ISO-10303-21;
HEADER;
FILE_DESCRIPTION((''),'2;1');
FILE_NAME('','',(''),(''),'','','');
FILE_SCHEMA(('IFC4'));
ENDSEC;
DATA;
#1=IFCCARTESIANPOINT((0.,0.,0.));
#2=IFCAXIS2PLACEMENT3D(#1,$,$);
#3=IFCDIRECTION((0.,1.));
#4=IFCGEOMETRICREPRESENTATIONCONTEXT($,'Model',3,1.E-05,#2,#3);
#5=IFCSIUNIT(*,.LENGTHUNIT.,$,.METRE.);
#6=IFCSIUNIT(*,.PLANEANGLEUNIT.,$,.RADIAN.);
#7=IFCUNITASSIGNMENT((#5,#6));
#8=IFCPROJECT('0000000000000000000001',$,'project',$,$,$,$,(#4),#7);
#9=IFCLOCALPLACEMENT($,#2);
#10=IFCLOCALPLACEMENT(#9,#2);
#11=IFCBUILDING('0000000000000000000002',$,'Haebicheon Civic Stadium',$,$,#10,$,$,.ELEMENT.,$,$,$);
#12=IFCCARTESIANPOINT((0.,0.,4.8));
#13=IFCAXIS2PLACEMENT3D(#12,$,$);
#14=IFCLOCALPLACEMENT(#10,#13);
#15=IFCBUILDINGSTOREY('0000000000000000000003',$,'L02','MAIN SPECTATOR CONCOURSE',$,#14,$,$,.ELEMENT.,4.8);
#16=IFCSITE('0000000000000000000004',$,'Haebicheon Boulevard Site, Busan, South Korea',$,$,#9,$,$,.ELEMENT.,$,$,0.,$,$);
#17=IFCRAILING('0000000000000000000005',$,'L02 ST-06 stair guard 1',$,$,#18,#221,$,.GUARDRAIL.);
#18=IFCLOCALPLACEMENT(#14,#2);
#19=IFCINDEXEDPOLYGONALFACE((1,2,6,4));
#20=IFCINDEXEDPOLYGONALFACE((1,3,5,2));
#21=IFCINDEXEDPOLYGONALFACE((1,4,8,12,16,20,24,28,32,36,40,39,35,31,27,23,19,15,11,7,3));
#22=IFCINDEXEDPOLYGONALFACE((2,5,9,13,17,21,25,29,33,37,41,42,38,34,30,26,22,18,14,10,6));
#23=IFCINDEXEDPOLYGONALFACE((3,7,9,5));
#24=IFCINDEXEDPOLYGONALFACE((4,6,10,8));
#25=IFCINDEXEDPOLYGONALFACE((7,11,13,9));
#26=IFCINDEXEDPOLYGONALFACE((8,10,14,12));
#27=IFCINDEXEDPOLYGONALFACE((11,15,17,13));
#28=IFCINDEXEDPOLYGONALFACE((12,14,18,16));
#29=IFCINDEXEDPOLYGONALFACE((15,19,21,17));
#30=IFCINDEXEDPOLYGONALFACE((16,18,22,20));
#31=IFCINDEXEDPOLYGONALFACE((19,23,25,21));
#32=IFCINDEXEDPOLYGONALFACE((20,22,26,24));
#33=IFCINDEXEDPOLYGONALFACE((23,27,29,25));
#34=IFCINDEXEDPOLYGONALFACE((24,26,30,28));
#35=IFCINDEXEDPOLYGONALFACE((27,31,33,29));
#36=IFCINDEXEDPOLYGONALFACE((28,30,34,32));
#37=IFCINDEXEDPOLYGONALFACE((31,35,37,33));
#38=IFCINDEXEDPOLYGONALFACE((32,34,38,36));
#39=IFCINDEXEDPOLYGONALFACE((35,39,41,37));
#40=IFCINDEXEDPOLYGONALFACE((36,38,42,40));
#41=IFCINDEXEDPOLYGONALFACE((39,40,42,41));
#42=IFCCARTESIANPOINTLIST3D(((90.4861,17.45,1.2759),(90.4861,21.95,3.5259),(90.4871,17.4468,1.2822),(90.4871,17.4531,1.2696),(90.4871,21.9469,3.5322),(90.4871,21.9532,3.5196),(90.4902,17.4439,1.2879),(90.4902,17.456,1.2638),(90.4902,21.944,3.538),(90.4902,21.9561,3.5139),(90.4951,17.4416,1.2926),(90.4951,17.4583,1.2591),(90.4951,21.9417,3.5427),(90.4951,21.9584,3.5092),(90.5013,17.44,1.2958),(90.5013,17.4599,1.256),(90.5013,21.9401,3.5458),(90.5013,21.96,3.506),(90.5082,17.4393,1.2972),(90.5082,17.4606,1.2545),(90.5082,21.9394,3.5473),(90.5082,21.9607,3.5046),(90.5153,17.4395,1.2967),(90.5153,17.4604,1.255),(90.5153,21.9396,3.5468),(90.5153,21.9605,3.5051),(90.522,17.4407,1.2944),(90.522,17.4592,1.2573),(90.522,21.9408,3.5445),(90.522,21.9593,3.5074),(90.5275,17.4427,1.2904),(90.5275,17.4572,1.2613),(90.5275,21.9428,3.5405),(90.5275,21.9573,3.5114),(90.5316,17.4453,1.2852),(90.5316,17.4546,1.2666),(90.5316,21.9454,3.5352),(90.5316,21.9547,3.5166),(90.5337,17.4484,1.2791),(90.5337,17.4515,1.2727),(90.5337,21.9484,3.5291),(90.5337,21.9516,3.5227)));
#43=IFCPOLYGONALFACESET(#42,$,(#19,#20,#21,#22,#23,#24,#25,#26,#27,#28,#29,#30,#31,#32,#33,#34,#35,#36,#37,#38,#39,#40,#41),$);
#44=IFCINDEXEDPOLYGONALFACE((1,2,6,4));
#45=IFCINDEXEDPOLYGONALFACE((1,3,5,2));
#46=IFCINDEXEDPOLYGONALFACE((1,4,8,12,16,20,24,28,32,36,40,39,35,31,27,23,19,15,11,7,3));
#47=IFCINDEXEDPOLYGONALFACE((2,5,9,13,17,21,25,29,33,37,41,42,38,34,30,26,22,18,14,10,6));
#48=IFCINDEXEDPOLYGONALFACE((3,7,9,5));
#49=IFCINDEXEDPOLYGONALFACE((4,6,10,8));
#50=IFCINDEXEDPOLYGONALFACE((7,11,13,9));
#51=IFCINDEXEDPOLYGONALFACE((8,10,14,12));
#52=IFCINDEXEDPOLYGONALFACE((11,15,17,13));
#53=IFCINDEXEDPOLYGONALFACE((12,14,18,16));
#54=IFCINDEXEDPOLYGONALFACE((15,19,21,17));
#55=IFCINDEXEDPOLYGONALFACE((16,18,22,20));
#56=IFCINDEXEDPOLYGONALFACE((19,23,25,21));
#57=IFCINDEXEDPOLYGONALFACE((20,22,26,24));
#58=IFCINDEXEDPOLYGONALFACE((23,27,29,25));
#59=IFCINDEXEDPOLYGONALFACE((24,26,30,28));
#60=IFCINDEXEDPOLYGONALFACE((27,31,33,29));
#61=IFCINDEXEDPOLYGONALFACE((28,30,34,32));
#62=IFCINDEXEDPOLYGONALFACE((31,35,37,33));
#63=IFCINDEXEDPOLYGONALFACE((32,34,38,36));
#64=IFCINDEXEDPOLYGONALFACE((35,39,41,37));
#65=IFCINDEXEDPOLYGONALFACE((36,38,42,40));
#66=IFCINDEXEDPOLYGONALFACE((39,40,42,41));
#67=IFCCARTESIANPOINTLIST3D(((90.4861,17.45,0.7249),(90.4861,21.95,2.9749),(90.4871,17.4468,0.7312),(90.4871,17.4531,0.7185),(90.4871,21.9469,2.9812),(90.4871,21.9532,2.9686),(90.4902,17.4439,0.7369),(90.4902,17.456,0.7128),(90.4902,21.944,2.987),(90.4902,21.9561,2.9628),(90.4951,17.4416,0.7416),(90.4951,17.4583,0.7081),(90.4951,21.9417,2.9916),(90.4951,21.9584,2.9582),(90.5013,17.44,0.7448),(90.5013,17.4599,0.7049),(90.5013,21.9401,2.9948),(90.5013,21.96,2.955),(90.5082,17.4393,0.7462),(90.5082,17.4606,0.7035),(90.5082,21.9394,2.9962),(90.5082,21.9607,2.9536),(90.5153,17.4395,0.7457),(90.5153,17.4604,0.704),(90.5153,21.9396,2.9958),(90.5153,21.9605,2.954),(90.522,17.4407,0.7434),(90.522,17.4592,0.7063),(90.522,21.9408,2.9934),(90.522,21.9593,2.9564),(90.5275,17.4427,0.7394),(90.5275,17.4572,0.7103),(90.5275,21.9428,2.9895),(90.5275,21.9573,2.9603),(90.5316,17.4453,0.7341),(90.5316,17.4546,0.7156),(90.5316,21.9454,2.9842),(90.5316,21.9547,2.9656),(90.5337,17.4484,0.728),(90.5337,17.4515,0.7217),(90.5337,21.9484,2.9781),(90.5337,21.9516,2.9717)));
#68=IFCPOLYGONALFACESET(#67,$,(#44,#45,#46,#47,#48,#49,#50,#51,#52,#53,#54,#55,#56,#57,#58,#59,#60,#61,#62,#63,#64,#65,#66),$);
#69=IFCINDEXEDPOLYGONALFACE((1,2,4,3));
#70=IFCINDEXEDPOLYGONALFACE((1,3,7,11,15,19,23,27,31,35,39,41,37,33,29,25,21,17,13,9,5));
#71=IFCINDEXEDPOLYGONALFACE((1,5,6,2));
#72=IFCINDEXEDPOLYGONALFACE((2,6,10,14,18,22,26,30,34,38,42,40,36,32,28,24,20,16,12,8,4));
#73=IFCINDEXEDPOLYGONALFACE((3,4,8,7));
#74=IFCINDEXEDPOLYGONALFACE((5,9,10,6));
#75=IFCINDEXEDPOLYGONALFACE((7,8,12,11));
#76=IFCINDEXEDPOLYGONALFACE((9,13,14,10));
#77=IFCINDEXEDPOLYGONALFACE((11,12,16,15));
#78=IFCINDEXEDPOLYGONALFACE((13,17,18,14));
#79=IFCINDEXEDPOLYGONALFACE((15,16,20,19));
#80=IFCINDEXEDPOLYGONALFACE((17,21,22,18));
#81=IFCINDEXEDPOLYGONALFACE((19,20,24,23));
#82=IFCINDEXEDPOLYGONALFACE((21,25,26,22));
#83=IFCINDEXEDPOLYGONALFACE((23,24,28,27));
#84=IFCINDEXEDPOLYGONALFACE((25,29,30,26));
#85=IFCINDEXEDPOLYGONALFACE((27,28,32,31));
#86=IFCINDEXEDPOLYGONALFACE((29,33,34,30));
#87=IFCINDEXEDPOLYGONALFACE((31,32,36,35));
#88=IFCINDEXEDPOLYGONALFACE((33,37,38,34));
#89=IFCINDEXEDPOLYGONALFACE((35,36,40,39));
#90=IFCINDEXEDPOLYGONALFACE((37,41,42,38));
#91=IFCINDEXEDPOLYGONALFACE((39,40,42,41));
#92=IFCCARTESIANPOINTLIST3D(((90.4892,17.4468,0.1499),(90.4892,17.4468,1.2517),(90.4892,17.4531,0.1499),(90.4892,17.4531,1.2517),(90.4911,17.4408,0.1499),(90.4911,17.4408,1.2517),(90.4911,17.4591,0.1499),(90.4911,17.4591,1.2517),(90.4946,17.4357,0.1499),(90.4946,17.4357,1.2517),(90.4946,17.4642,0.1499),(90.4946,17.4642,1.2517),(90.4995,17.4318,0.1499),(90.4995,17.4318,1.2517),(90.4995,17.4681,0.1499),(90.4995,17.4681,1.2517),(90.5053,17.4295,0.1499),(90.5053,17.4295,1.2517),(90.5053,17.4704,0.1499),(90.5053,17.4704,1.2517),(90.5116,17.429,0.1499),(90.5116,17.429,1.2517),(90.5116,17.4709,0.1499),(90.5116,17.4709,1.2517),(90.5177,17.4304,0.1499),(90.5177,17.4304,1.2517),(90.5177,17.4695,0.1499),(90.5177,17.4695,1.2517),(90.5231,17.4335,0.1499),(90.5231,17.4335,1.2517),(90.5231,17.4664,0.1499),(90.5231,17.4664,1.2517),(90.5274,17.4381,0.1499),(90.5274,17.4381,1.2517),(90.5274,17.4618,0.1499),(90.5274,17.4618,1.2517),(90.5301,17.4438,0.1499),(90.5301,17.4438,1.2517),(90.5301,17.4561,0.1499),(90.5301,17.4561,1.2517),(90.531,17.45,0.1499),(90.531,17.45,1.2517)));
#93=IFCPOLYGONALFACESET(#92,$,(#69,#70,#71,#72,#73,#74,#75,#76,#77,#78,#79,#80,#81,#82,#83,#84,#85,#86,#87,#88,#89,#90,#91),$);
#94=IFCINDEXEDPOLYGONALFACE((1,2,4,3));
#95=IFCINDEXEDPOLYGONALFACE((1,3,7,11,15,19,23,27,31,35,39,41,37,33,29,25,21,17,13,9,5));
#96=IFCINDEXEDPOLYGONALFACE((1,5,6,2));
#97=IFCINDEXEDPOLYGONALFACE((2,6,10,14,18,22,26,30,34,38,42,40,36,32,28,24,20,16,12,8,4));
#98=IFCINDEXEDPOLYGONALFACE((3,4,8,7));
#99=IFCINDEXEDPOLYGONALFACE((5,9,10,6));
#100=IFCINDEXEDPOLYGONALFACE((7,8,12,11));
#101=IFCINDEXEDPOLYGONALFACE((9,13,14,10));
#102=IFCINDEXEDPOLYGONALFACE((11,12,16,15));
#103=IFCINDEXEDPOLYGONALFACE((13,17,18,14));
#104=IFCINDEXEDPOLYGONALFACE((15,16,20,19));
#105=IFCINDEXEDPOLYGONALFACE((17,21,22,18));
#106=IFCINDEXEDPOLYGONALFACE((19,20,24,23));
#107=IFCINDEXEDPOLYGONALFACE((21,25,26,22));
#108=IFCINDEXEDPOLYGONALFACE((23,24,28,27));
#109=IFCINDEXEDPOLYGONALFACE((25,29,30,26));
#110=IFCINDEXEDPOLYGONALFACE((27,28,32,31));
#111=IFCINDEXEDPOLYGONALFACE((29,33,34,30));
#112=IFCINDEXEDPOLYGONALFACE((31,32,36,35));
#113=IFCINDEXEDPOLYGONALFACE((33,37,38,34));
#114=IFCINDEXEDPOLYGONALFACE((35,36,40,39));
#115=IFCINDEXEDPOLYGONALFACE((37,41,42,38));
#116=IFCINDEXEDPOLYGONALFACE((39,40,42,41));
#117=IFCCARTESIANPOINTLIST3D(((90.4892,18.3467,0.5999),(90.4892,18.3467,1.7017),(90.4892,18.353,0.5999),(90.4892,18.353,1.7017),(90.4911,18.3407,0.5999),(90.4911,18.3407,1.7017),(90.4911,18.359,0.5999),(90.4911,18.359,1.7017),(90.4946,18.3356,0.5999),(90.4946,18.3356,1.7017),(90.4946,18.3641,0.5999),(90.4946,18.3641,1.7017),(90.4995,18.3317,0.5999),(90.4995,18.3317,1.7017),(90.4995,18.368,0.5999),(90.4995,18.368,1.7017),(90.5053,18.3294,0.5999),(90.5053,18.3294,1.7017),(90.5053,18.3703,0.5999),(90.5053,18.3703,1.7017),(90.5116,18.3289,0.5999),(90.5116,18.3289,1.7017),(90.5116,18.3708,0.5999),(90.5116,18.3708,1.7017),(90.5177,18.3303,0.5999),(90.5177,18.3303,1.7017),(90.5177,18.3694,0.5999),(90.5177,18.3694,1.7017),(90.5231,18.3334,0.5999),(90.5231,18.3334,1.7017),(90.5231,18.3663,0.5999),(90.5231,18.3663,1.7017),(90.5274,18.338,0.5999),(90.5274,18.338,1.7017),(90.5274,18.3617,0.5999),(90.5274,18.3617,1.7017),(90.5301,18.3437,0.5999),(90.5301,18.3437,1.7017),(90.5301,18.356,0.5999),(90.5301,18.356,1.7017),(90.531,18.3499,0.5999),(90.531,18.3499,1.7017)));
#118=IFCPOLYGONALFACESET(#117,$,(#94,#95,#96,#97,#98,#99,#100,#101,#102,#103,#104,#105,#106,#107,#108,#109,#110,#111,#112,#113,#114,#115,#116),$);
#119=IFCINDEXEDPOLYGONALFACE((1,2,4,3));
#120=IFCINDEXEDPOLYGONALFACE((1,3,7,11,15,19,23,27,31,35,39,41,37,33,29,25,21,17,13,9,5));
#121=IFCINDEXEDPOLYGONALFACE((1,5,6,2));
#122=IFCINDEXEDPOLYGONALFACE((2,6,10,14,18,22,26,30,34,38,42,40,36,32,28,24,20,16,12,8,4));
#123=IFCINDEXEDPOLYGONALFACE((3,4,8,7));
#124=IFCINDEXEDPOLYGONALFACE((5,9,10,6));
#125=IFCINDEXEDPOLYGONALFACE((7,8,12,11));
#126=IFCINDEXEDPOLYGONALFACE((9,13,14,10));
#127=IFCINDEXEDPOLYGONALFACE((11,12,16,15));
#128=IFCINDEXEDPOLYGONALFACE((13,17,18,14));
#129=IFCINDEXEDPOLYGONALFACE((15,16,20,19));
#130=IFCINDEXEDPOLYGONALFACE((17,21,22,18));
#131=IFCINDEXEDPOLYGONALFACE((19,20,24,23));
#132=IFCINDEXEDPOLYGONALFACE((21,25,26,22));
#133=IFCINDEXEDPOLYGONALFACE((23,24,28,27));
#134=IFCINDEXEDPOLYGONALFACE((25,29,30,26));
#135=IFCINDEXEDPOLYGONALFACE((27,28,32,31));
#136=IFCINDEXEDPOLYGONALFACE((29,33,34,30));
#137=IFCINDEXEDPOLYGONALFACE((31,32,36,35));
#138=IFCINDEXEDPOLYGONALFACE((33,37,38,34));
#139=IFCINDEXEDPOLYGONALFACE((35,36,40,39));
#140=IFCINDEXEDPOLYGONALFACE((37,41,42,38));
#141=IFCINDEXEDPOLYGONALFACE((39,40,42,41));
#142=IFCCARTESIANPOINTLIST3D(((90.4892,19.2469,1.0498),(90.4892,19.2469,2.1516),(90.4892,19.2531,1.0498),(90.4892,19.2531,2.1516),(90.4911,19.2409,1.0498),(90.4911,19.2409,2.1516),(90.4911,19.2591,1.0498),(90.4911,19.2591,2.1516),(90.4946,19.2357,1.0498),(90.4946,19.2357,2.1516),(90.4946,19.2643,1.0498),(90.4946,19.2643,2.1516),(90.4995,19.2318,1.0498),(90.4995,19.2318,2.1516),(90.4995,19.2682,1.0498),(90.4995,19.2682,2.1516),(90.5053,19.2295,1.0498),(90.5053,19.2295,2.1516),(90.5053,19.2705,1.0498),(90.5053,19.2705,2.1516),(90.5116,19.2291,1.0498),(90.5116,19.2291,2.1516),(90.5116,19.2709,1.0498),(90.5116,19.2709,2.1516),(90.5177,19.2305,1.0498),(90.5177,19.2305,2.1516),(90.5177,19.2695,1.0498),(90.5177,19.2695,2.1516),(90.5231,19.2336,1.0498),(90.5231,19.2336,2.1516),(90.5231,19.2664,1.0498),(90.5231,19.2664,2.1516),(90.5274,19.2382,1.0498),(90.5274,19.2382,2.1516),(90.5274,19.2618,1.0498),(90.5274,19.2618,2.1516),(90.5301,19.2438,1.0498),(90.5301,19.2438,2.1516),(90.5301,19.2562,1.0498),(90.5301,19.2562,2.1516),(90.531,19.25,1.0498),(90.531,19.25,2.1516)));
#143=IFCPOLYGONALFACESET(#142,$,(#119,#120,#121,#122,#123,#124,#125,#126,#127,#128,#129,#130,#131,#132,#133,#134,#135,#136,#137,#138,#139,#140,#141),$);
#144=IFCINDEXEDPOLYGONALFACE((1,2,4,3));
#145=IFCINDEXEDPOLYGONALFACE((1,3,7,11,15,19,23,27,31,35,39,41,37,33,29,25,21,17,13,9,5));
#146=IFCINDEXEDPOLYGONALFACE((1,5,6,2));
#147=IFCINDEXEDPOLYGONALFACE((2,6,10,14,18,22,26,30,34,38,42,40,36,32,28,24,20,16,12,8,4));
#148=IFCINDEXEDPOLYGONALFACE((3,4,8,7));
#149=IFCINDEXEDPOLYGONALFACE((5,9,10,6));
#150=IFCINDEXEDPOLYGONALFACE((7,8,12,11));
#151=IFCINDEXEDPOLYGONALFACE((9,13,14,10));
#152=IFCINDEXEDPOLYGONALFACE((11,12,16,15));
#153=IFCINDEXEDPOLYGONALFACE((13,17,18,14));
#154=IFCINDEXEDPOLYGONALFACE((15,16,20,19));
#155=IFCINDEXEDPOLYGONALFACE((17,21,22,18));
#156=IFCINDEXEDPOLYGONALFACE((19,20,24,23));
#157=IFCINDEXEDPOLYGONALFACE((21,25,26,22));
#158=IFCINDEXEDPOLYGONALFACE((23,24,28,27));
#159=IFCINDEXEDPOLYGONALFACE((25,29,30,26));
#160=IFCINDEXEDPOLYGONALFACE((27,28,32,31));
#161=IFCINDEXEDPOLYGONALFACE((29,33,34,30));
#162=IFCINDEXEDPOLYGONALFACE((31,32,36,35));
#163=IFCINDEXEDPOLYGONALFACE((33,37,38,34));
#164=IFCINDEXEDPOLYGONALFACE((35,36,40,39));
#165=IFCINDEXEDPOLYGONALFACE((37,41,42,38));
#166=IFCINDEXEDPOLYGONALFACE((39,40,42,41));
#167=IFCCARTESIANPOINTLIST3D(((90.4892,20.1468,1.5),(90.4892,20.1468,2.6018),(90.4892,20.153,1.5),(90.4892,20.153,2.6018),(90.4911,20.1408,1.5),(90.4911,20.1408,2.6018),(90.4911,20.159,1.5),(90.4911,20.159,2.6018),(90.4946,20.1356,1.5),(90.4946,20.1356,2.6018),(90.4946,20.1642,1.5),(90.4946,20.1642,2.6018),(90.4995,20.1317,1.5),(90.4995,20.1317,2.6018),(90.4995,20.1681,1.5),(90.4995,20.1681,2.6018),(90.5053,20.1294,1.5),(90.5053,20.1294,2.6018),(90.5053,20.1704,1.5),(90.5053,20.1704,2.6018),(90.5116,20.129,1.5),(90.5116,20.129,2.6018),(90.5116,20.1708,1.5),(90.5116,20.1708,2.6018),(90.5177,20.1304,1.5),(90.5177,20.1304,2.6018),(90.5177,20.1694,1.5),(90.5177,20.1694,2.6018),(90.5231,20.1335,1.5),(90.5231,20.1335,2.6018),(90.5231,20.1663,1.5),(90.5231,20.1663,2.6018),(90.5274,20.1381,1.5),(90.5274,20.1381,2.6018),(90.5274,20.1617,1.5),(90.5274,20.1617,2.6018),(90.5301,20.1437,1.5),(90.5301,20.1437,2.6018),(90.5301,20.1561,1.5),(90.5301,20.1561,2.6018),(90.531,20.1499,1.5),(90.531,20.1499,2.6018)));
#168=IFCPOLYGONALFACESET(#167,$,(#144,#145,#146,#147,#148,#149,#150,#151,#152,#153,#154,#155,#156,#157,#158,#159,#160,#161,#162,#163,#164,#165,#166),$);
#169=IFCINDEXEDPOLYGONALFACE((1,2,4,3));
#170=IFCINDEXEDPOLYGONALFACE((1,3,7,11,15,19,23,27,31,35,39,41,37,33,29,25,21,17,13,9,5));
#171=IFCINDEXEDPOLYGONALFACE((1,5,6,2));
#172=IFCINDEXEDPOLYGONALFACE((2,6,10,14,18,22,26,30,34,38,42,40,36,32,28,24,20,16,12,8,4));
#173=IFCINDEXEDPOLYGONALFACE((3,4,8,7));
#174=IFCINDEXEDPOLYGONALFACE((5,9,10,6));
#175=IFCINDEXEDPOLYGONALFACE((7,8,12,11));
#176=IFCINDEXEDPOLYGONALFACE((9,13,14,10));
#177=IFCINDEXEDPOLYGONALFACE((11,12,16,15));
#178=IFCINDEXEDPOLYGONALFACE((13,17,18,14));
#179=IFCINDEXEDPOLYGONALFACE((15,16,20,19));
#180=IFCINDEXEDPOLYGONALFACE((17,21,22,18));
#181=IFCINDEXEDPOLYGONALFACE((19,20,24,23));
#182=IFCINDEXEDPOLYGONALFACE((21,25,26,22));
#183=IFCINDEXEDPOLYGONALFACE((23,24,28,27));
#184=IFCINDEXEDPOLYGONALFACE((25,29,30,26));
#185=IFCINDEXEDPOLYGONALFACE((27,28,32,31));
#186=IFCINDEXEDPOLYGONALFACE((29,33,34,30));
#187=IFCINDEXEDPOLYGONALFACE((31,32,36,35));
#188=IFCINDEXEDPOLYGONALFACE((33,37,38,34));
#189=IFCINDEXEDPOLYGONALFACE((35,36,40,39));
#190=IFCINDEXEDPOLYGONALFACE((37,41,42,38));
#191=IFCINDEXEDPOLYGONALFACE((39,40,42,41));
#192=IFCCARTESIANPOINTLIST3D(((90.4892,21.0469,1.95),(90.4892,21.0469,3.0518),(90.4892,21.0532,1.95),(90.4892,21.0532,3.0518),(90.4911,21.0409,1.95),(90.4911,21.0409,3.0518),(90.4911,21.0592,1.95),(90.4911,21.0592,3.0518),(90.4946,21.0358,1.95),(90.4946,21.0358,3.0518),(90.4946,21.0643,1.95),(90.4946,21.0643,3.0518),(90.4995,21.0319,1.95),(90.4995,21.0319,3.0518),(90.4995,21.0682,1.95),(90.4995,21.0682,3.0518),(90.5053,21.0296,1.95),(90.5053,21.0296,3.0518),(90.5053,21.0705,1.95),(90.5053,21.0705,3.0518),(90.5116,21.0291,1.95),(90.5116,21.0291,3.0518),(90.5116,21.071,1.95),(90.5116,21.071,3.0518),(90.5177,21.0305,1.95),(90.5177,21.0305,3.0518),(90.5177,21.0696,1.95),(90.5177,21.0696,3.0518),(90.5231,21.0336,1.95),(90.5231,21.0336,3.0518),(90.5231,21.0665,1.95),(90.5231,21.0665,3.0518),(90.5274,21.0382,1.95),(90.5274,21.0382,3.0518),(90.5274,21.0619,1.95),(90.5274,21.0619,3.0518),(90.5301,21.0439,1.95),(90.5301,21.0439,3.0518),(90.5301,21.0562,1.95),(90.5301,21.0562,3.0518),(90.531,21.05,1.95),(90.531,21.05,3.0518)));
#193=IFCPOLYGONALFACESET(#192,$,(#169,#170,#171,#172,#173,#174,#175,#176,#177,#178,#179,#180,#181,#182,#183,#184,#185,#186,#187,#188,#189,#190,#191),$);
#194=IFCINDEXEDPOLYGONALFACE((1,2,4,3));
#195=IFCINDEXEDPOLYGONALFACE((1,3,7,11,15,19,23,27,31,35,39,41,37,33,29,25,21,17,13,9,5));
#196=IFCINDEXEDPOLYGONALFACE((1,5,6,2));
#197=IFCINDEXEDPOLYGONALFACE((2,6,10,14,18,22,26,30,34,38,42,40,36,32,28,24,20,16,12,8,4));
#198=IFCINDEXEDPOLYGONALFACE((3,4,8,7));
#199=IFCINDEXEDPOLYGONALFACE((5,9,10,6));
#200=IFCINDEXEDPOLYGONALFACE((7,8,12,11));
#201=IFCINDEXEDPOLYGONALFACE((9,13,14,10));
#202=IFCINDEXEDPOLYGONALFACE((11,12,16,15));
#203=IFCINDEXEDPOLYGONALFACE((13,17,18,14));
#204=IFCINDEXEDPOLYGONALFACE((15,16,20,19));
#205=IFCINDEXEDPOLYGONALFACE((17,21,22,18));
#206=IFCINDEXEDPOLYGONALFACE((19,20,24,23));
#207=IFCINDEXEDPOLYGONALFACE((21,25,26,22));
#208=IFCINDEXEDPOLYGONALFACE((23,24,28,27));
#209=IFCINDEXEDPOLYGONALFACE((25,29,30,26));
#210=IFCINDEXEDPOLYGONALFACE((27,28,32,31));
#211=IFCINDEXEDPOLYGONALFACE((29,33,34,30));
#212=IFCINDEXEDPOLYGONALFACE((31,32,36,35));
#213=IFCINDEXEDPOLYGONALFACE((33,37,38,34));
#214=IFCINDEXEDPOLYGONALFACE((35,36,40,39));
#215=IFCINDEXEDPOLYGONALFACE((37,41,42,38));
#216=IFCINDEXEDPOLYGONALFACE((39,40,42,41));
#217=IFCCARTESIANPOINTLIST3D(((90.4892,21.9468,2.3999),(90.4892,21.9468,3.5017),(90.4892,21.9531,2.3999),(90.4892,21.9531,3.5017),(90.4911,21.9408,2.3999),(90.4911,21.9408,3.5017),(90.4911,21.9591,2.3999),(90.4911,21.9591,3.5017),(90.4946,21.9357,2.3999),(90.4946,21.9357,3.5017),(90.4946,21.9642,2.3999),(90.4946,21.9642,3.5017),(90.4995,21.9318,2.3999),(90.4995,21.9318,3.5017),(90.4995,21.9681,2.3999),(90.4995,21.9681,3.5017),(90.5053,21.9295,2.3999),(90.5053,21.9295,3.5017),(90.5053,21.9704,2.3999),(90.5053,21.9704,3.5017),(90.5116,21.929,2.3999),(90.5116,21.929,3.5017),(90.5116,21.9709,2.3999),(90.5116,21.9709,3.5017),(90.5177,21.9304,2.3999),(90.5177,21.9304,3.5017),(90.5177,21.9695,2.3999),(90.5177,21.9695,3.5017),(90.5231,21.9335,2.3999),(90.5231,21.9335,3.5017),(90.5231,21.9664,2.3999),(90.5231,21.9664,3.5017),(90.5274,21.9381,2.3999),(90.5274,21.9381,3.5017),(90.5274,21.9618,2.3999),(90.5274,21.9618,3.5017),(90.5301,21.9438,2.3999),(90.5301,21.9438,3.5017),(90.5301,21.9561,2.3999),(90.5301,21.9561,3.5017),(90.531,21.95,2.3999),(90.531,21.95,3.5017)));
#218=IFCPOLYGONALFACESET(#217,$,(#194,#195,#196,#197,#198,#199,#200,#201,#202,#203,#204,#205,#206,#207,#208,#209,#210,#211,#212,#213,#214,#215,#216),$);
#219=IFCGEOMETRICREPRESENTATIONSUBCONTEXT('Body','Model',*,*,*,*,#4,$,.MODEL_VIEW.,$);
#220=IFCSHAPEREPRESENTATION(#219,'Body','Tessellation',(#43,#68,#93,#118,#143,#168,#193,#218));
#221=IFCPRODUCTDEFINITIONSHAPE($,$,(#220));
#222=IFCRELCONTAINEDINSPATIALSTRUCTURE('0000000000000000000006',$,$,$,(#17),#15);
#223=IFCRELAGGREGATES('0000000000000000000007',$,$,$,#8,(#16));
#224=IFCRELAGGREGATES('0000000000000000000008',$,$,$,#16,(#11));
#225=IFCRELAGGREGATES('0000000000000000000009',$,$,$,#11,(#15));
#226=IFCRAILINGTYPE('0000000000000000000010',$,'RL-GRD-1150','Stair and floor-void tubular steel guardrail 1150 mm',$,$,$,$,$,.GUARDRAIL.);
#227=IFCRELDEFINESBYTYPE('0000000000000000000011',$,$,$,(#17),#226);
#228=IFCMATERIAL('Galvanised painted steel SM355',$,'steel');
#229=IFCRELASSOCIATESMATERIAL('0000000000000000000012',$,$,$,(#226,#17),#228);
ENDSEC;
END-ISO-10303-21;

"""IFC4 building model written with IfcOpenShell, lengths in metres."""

from ifc_helpers import new_model, si_unit, direction, frame, origin, origin_2d, place, context, subcontext, project, spatial, circle, extrude, material, type_object, element, save


model = new_model("IFC4")

# Units and contexts
model_context = context("Model", 3, precision=1e-05, world=origin(), true_north=direction((0.0, 1.0)))
body_context = subcontext(model_context, "Body", "Model", "MODEL_VIEW")
ifc_project = project(units=[si_unit("LENGTHUNIT", "METRE"), si_unit("PLANEANGLEUNIT", "RADIAN")], contexts=[model_context])

# Site, building, storey
site_placement = place(None, origin())
site = spatial("IfcSite", under=ifc_project, at=site_placement, Name="Haebicheon Boulevard Site, Busan, South Korea", CompositionType="ELEMENT", RefElevation=0.0)
building_placement = place(site_placement, origin())
building = spatial("IfcBuilding", under=site, at=building_placement, Name="Haebicheon Civic Stadium", CompositionType="ELEMENT")
storey_placement = place(building_placement, frame((0.0, 0.0, 4.8)))
storey = spatial("IfcBuildingStorey", under=building, at=storey_placement, Name="L02", Description="MAIN SPECTATOR CONCOURSE", CompositionType="ELEMENT", Elevation=4.8)

# Railing
ifc_material_1 = material(Name="Galvanised painted steel SM355", Category="steel")
railing_type_1 = type_object("IfcRailingType", Name="RL-GRD-1150", Description="Stair and floor-void tubular steel guardrail 1150 mm", PredefinedType="GUARDRAIL", material=ifc_material_1)
railing_1_placement = place(storey_placement, frame((90.51, 17.45, 0.1499)))
element("IfcRailing", 1, at=railing_1_placement, inside=storey, type_object=railing_type_1, material=ifc_material_1, Name="L02 ST-06 stair guard 1", PredefinedType="GUARDRAIL", context=body_context, shape_type="SweptSolid", body=[
    extrude(circle(Radius=0.0239, at=origin_2d()), frame((0.0, 0.0, 1.126), z_axis=(0.0, 0.894427, 0.447214), x_axis=(-1.0, 0.0, 0.0)), (0.0, 0.0, 1.0), 5.0312),
    extrude(circle(Radius=0.0239, at=origin_2d()), frame((0.0, 0.0, 0.575), z_axis=(0.0, 0.894427, 0.447214), x_axis=(-1.0, 0.0, 0.0)), (0.0, 0.0, 1.0), 5.0312),
    extrude(circle(Radius=0.021, at=origin_2d()), origin(), (0.0, 0.0, 1.0), 1.1018),
    extrude(circle(Radius=0.021, at=origin_2d()), frame((0.0, 0.8999, 0.45)), (0.0, 0.0, 1.0), 1.1018),
    extrude(circle(Radius=0.021, at=origin_2d()), frame((0.0, 1.8, 0.8999)), (0.0, 0.0, 1.0), 1.1018),
    extrude(circle(Radius=0.021, at=origin_2d()), frame((0.0, 2.7, 1.3501)), (0.0, 0.0, 1.0), 1.1018),
    extrude(circle(Radius=0.021, at=origin_2d()), frame((0.0, 3.6001, 1.8)), (0.0, 0.0, 1.0), 1.1018),
    extrude(circle(Radius=0.021, at=origin_2d()), frame((0.0, 4.5, 2.25)), (0.0, 0.0, 1.0), 1.1018),
])

save(model, "model.ifc")
